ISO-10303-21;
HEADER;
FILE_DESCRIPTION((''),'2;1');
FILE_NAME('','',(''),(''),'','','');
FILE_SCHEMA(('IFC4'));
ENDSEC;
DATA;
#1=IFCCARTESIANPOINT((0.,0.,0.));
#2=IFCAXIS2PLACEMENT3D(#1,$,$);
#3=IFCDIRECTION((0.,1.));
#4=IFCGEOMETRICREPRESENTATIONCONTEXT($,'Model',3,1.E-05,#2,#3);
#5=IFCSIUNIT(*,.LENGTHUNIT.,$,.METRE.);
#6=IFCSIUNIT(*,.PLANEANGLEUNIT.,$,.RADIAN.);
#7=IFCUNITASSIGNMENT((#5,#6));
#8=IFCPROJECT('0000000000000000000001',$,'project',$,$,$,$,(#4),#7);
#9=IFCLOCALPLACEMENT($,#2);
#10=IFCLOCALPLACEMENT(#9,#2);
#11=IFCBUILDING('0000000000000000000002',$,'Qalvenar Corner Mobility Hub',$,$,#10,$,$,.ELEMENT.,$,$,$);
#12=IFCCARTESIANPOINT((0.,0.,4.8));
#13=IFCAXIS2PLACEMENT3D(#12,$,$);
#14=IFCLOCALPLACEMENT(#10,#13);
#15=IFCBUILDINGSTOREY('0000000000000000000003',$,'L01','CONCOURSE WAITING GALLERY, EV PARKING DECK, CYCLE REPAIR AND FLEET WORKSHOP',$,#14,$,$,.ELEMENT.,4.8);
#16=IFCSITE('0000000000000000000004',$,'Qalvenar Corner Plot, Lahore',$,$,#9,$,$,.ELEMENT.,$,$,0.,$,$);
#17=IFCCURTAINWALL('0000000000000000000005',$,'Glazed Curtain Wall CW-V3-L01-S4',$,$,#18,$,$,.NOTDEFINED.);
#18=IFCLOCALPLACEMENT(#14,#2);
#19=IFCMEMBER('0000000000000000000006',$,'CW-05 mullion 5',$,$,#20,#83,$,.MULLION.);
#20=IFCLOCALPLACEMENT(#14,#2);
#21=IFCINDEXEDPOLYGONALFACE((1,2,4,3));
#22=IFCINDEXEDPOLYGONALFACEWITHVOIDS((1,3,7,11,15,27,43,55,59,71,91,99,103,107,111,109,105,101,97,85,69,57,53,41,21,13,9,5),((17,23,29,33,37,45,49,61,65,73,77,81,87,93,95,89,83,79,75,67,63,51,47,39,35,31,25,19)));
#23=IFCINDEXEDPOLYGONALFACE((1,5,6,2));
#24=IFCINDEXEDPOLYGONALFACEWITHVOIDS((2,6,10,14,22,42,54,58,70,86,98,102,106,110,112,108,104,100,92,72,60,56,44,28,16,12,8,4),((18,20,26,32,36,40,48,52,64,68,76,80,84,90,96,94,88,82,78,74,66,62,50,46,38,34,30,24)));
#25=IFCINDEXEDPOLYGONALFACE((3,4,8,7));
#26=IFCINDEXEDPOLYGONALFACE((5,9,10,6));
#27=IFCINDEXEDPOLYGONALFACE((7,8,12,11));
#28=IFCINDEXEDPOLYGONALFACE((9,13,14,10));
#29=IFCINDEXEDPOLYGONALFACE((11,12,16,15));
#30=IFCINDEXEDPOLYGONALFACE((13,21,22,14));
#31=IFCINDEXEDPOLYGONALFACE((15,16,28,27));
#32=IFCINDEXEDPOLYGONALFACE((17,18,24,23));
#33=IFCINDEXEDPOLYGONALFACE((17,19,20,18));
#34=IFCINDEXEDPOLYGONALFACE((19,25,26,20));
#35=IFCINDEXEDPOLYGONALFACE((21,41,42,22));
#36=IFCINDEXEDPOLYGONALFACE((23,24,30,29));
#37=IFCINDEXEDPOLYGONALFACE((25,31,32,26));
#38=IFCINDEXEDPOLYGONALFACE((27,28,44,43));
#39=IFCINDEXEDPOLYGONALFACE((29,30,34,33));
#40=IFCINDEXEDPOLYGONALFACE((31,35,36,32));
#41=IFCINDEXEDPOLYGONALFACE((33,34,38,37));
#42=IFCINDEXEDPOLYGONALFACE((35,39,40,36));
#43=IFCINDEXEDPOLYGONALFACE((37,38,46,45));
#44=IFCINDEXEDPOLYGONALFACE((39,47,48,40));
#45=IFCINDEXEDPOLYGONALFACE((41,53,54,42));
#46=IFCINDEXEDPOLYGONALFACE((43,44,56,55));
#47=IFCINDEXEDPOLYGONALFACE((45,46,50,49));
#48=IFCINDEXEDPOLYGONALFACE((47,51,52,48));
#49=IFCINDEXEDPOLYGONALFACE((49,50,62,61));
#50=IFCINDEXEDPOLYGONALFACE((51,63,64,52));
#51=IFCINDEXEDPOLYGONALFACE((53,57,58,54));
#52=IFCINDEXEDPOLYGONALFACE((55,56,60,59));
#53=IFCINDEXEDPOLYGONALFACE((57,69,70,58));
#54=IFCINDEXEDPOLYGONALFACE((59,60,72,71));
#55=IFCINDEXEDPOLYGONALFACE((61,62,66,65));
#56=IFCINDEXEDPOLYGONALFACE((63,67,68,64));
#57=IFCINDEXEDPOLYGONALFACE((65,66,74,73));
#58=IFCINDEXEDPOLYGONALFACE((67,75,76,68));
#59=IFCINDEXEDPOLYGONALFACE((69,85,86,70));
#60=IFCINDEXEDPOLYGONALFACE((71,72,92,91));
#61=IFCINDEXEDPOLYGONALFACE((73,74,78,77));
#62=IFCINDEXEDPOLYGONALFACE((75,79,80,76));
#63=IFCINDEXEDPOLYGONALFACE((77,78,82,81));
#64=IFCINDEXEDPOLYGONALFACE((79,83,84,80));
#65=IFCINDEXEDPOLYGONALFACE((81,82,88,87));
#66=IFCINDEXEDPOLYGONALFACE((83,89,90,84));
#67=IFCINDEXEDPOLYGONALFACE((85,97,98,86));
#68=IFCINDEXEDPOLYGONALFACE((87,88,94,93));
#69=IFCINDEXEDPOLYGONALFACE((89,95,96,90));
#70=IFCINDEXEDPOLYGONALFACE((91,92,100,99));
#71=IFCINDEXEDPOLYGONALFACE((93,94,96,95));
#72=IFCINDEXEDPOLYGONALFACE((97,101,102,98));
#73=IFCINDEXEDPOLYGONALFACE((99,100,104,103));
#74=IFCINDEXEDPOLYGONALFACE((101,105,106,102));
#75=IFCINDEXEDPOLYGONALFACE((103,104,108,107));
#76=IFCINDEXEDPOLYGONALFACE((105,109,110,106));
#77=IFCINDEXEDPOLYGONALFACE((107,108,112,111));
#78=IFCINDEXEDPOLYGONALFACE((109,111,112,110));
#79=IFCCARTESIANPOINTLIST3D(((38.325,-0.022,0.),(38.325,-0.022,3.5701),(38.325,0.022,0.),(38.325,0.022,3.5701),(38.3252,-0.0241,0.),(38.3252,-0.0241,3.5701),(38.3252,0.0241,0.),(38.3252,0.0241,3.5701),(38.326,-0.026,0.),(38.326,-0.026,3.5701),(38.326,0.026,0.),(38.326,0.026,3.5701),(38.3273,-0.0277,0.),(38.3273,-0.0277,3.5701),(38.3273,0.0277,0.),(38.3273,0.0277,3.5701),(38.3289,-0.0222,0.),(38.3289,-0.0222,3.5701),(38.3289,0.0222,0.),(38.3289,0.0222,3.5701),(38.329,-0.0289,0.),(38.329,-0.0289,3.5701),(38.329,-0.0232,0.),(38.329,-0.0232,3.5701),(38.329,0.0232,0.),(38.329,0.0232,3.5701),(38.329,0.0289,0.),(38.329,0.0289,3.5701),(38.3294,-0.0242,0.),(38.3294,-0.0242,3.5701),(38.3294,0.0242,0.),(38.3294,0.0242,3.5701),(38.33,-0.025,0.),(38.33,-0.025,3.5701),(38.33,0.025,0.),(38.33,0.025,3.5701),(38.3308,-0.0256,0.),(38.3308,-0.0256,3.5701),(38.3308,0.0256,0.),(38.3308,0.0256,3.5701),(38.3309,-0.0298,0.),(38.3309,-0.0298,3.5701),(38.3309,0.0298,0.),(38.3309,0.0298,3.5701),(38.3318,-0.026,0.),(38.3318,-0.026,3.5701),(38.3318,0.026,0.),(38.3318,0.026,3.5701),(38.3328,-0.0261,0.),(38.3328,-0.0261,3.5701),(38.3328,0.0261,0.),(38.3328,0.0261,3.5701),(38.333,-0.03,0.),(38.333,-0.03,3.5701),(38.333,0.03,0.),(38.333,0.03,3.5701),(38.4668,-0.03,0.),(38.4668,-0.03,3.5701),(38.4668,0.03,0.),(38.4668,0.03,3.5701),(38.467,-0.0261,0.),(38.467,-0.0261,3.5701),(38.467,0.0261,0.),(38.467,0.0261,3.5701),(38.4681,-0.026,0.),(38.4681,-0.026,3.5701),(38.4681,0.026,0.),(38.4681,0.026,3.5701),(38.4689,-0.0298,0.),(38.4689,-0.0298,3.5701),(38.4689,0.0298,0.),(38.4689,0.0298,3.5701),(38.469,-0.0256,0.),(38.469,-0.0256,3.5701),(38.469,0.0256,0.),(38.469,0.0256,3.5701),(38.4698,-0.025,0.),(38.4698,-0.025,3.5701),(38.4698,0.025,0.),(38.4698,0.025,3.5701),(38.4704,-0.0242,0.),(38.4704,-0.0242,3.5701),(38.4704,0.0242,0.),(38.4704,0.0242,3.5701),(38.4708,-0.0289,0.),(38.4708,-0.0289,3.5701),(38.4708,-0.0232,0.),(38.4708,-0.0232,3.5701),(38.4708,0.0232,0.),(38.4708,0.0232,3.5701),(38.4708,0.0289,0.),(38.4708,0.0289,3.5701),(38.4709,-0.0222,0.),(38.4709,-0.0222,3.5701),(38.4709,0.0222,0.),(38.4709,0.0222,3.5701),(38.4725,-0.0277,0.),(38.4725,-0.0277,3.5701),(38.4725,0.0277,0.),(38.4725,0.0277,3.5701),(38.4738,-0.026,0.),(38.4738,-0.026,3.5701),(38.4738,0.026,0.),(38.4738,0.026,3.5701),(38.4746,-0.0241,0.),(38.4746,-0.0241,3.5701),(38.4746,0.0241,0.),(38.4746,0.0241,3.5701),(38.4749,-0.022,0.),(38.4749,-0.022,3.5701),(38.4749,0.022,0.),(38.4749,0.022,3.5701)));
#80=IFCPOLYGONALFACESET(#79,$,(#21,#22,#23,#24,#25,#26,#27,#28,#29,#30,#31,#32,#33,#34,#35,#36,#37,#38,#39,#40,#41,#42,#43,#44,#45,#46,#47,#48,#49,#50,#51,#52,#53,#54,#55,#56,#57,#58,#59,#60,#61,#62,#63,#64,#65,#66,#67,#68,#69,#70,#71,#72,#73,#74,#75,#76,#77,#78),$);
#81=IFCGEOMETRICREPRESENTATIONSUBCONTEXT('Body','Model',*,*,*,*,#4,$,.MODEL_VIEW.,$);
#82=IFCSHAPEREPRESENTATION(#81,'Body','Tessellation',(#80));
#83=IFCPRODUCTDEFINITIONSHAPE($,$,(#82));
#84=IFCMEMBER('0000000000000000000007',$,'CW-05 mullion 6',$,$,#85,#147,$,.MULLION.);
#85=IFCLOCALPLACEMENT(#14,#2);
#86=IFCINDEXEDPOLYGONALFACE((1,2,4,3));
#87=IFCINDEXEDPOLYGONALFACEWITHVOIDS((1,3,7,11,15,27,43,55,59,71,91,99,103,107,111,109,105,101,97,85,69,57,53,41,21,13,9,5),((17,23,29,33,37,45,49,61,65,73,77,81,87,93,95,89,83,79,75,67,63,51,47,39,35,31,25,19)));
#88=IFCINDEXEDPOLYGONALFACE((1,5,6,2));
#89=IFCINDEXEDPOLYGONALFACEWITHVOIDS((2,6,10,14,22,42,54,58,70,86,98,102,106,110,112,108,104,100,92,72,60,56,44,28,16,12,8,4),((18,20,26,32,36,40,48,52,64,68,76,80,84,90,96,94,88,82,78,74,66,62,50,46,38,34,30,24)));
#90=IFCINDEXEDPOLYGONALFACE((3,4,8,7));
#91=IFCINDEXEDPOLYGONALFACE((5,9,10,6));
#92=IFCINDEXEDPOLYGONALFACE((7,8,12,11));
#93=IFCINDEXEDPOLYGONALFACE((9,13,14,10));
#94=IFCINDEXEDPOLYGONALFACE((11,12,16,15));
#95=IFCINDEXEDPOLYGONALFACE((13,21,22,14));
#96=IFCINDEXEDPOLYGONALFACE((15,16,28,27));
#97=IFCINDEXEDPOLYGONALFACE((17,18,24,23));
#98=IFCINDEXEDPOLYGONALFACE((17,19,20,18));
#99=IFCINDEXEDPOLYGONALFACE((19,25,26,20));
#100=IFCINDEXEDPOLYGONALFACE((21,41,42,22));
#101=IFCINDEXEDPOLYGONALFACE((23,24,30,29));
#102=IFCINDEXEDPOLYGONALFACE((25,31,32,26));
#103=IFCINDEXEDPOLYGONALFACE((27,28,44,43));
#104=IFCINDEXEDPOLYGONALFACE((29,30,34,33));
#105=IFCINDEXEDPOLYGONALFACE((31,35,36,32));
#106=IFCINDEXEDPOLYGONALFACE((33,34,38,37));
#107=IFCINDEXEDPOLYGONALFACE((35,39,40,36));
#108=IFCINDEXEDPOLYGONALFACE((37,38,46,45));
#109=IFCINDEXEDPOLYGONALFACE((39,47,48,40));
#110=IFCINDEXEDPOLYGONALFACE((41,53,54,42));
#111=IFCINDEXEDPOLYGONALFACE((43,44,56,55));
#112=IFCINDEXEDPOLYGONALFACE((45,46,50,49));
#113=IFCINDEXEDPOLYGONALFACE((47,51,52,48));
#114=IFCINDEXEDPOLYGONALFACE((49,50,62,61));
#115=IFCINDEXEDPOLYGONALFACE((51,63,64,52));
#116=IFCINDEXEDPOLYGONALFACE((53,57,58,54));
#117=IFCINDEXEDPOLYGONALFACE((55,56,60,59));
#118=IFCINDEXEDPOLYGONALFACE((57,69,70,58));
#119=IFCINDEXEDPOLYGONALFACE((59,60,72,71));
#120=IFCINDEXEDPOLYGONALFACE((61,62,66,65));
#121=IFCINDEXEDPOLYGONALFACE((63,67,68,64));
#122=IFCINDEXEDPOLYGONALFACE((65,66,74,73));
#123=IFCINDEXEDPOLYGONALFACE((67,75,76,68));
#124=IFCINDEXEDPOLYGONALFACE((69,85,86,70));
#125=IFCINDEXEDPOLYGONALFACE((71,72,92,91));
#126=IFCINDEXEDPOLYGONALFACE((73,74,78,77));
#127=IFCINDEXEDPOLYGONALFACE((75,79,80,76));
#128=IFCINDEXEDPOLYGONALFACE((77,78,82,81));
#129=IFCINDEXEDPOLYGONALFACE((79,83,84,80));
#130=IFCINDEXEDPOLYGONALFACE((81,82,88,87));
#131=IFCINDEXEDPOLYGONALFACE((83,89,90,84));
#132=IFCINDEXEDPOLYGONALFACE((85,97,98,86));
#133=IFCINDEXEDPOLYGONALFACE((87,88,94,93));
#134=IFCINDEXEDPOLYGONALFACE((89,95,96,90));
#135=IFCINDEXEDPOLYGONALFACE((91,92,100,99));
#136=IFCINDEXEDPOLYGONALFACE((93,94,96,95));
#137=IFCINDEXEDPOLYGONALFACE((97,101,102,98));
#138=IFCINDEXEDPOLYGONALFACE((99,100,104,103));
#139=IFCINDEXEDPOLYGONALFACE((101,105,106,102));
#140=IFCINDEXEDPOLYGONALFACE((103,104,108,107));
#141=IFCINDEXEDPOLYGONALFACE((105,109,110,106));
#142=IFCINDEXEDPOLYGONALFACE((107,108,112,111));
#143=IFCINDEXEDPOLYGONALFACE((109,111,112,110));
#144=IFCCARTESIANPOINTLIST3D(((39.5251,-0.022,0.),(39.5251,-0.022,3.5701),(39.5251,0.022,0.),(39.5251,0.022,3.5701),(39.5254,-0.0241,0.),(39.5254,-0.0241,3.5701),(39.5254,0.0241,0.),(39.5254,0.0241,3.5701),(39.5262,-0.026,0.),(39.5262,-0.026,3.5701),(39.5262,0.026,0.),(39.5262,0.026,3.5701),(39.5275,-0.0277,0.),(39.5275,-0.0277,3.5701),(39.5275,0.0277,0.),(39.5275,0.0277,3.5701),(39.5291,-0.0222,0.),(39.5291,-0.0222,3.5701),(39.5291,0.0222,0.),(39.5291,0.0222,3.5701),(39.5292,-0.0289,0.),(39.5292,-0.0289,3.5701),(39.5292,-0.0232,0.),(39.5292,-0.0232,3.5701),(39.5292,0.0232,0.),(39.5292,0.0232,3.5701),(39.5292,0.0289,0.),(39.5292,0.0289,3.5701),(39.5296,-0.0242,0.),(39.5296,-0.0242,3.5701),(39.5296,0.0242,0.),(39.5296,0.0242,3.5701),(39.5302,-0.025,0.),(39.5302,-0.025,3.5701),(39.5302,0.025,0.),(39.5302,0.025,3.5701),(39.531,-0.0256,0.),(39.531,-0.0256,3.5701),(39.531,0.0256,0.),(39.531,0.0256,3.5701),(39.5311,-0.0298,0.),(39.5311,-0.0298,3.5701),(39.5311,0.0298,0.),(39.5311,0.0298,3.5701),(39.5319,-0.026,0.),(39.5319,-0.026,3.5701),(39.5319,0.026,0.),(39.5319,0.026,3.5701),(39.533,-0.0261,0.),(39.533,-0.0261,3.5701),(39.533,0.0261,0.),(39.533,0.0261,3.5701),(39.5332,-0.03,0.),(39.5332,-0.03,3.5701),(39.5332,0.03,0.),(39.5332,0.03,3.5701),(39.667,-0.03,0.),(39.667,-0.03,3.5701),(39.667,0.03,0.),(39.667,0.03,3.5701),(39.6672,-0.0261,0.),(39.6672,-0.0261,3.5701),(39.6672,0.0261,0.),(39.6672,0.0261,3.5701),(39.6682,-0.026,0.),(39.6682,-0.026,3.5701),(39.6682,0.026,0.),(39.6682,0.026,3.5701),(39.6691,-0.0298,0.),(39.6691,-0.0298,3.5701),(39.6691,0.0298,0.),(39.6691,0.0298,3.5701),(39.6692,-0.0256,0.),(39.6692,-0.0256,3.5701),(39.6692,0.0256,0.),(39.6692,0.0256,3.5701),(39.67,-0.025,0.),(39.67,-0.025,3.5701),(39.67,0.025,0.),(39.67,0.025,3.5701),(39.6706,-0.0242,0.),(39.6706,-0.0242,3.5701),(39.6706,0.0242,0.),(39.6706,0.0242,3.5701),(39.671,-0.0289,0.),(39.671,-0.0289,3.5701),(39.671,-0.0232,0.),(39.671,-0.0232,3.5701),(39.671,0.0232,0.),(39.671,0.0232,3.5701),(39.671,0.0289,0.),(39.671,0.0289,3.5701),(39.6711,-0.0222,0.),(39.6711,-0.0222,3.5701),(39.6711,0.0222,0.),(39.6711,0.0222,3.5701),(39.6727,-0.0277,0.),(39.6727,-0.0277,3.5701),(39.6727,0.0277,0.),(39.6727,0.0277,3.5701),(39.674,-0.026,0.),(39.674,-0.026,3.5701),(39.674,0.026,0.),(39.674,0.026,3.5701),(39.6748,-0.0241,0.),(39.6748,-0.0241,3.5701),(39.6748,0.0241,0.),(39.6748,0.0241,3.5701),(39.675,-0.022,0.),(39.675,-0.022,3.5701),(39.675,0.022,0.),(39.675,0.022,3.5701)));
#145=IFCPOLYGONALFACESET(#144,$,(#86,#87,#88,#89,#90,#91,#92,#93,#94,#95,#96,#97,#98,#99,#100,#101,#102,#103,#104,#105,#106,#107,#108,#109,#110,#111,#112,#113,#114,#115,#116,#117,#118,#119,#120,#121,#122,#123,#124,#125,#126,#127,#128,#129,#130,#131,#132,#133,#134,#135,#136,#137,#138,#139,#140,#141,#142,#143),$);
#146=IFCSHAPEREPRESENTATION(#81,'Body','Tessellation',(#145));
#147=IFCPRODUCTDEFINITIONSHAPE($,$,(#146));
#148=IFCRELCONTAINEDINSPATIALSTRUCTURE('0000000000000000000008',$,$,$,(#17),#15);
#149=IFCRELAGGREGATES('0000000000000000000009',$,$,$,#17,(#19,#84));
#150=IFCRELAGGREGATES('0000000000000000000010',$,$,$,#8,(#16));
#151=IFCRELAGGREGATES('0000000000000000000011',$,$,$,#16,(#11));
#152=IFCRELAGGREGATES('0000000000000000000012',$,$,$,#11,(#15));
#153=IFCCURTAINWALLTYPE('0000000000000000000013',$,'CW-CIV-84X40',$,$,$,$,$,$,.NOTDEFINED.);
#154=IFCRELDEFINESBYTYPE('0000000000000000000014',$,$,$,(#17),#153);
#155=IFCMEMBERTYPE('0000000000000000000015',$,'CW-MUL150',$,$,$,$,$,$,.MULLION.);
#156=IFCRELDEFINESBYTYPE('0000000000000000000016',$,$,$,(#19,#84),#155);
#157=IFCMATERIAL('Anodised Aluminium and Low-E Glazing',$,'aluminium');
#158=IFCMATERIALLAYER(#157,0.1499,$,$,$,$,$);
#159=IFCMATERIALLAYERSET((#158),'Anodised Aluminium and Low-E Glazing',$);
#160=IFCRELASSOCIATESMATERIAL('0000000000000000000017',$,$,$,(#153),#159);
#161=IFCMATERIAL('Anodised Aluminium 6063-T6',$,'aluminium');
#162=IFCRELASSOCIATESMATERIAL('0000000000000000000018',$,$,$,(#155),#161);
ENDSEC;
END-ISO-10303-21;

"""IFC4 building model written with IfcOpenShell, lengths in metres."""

from ifc_helpers import new_model, si_unit, direction, frame, origin, origin_2d, place, context, subcontext, project, spatial, hollow_rectangle, extrude, material, layer, layer_set, material_profile, profile_set, type_object, element, aggregate, save


model = new_model("IFC4")

# Units and contexts
model_context = context("Model", 3, precision=1e-05, world=origin(), true_north=direction((0.0, 1.0)))
body_context = subcontext(model_context, "Body", "Model", "MODEL_VIEW")
ifc_project = project(units=[si_unit("LENGTHUNIT", "METRE"), si_unit("PLANEANGLEUNIT", "RADIAN")], contexts=[model_context])

# Site, building, storey
site_placement = place(None, origin())
site = spatial("IfcSite", under=ifc_project, at=site_placement, Name="Qalvenar Corner Plot, Lahore", CompositionType="ELEMENT", RefElevation=0.0)
building_placement = place(site_placement, origin())
building = spatial("IfcBuilding", under=site, at=building_placement, Name="Qalvenar Corner Mobility Hub", CompositionType="ELEMENT")
storey_placement = place(building_placement, frame((0.0, 0.0, 4.8)))
storey = spatial("IfcBuildingStorey", under=building, at=storey_placement, Name="L01", Description="CONCOURSE WAITING GALLERY, EV PARKING DECK, CYCLE REPAIR AND FLEET WORKSHOP", CompositionType="ELEMENT", Elevation=4.8)

# Curtain wall, members
ifc_material_1 = material(Name="Anodised Aluminium and Low-E Glazing", Category="aluminium")
ifc_layer_1 = layer(ifc_material_1, 0.1499)
ifc_layer_set_1 = layer_set([ifc_layer_1], Name="Anodised Aluminium and Low-E Glazing")
curtain_wall_type = type_object("IfcCurtainWallType", Name="CW-CIV-84X40", PredefinedType="NOTDEFINED", material=ifc_layer_set_1)
curtain_wall_placement = place(storey_placement, origin())
curtain_wall = element("IfcCurtainWall", 1, at=curtain_wall_placement, inside=storey, type_object=curtain_wall_type, Name="Glazed Curtain Wall CW-V3-L01-S4", PredefinedType="NOTDEFINED")
ifc_material_2 = material(Name="Anodised Aluminium 6063-T6", Category="aluminium")
ifc_material_profile_1 = material_profile(ifc_material_2, hollow_rectangle(XDim=0.0601, YDim=0.1499, WallThickness=0.0039, InnerFilletRadius=0.0039, OuterFilletRadius=0.0081, at=origin_2d()), Name="RHS150x60x4")
ifc_profile_set_1 = profile_set([ifc_material_profile_1], Name="Anodised Aluminium 6063-T6")
member_type_1 = type_object("IfcMemberType", Name="CW-MUL150", PredefinedType="MULLION", material=ifc_profile_set_1)
member_1_placement = place(storey_placement, frame((38.3999, 0.0, 0.0), z_axis=(0.0, 0.0, 1.0), x_axis=(0.0, 1.0, 0.0)))
member_1 = element("IfcMember", 2, at=member_1_placement, type_object=member_type_1, Name="CW-05 mullion 5", PredefinedType="MULLION", context=body_context, shape_type="SweptSolid", body=[
    extrude(hollow_rectangle(XDim=0.0601, YDim=0.1499, WallThickness=0.0039, InnerFilletRadius=0.0039, OuterFilletRadius=0.0081, at=origin_2d()), origin(), (0.0, 0.0, 1.0), 3.5701),
])
member_2_placement = place(storey_placement, frame((39.6001, 0.0, 0.0), z_axis=(0.0, 0.0, 1.0), x_axis=(0.0, 1.0, 0.0)))
member_2 = element("IfcMember", 3, at=member_2_placement, type_object=member_type_1, Name="CW-05 mullion 6", PredefinedType="MULLION", context=body_context, shape_type="SweptSolid", body=[
    extrude(hollow_rectangle(XDim=0.0601, YDim=0.1499, WallThickness=0.0039, InnerFilletRadius=0.0039, OuterFilletRadius=0.0081, at=origin_2d()), origin(), (0.0, 0.0, 1.0), 3.5701),
])
aggregate(curtain_wall, [member_1, member_2])

save(model, "model.ifc")
